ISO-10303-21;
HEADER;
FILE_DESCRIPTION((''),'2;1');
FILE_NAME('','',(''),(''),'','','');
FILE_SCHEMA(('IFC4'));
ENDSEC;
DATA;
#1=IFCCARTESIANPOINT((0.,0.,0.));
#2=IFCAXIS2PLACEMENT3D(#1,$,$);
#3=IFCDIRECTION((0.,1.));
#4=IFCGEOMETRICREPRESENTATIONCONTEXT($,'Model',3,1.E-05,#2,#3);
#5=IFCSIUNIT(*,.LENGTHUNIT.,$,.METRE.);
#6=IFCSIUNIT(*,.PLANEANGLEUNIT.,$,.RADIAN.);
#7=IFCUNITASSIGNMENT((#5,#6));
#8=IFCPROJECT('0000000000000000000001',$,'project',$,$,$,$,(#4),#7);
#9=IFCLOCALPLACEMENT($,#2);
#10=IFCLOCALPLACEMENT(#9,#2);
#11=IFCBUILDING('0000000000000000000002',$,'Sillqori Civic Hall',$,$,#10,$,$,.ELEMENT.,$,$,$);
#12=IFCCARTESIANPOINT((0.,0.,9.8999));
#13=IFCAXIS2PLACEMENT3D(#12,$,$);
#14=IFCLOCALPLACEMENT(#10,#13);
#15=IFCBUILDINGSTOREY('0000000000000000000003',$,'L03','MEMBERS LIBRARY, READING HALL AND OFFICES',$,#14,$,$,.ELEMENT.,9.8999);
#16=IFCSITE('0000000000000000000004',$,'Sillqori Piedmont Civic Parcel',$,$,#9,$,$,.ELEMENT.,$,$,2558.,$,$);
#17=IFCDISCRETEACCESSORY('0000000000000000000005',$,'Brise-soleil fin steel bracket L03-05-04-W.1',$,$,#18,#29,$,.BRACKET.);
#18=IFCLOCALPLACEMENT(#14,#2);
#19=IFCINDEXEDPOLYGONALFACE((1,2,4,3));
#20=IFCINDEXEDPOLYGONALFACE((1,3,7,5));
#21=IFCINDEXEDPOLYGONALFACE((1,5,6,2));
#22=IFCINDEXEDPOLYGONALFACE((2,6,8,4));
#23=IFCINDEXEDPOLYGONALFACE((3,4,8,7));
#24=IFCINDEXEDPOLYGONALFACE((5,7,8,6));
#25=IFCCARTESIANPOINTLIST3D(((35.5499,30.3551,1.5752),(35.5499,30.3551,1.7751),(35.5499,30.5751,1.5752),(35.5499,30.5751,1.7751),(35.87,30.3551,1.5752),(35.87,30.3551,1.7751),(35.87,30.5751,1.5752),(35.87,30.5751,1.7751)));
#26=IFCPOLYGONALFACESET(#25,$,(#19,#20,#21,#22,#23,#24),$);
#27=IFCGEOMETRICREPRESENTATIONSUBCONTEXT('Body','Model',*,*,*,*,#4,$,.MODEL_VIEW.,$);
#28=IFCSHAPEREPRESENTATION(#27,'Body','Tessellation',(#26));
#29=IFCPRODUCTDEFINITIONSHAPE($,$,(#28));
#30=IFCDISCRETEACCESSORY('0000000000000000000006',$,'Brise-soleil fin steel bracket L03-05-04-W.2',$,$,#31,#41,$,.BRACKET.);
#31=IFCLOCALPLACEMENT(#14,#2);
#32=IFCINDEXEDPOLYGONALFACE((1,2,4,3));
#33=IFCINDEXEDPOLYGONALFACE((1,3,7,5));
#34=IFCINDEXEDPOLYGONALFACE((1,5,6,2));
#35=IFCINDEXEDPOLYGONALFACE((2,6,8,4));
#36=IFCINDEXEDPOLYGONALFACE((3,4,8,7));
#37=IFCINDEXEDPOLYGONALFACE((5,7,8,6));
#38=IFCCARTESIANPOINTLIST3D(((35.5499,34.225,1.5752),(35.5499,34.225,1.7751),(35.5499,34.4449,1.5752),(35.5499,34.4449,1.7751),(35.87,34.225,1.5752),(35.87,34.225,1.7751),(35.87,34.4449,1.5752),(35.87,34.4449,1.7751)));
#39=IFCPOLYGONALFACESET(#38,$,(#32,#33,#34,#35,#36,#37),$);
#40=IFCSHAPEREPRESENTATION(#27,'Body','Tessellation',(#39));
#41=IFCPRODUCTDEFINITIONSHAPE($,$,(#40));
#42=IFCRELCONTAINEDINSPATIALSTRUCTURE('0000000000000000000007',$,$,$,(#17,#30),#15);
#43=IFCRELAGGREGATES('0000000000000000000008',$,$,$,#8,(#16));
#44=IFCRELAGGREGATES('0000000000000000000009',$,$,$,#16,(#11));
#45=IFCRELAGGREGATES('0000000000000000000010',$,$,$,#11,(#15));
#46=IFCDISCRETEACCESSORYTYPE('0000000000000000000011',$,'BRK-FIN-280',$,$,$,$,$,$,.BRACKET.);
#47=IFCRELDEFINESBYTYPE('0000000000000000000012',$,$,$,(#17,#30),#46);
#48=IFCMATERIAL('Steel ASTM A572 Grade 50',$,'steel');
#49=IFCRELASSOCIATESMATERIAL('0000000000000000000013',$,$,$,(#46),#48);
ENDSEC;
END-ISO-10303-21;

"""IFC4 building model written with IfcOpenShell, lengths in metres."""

from ifc_helpers import new_model, si_unit, direction, frame, origin, origin_2d, place, context, subcontext, project, spatial, rectangle, extrude, material, type_object, element, save


model = new_model("IFC4")

# Units and contexts
model_context = context("Model", 3, precision=1e-05, world=origin(), true_north=direction((0.0, 1.0)))
body_context = subcontext(model_context, "Body", "Model", "MODEL_VIEW")
ifc_project = project(units=[si_unit("LENGTHUNIT", "METRE"), si_unit("PLANEANGLEUNIT", "RADIAN")], contexts=[model_context])

# Site, building, storey
site_placement = place(None, origin())
site = spatial("IfcSite", under=ifc_project, at=site_placement, Name="Sillqori Piedmont Civic Parcel", CompositionType="ELEMENT", RefElevation=2558.0)
building_placement = place(site_placement, origin())
building = spatial("IfcBuilding", under=site, at=building_placement, Name="Sillqori Civic Hall", CompositionType="ELEMENT")
storey_placement = place(building_placement, frame((0.0, 0.0, 9.8999)))
storey = spatial("IfcBuildingStorey", under=building, at=storey_placement, Name="L03", Description="MEMBERS LIBRARY, READING HALL AND OFFICES", CompositionType="ELEMENT", Elevation=9.8999)

# Discrete accessories
ifc_material_1 = material(Name="Steel ASTM A572 Grade 50", Category="steel")
discrete_accessory_type = type_object("IfcDiscreteAccessoryType", Name="BRK-FIN-280", PredefinedType="BRACKET", material=ifc_material_1)
for number, where, z_axis, x_axis, name in (
    (1, (35.71, 30.4651, 1.5752), (0.0, 0.0, 1.0), (0.0, 1.0, 0.0), "Brise-soleil fin steel bracket L03-05-04-W.1"),
    (2, (35.71, 34.335, 1.5752), (0.0, 0.0, 1.0), (0.0, 1.0, 0.0), "Brise-soleil fin steel bracket L03-05-04-W.2"),
):
    element("IfcDiscreteAccessory", number, at=place(storey_placement, frame(where, z_axis=z_axis, x_axis=x_axis)), inside=storey, type_object=discrete_accessory_type, Name=name, PredefinedType="BRACKET", context=body_context, shape_type="SweptSolid", body=[
        extrude(rectangle(XDim=0.22, YDim=0.3201, at=origin_2d()), origin(), (0.0, 0.0, 1.0), 0.2),
    ])

save(model, "model.ifc")
